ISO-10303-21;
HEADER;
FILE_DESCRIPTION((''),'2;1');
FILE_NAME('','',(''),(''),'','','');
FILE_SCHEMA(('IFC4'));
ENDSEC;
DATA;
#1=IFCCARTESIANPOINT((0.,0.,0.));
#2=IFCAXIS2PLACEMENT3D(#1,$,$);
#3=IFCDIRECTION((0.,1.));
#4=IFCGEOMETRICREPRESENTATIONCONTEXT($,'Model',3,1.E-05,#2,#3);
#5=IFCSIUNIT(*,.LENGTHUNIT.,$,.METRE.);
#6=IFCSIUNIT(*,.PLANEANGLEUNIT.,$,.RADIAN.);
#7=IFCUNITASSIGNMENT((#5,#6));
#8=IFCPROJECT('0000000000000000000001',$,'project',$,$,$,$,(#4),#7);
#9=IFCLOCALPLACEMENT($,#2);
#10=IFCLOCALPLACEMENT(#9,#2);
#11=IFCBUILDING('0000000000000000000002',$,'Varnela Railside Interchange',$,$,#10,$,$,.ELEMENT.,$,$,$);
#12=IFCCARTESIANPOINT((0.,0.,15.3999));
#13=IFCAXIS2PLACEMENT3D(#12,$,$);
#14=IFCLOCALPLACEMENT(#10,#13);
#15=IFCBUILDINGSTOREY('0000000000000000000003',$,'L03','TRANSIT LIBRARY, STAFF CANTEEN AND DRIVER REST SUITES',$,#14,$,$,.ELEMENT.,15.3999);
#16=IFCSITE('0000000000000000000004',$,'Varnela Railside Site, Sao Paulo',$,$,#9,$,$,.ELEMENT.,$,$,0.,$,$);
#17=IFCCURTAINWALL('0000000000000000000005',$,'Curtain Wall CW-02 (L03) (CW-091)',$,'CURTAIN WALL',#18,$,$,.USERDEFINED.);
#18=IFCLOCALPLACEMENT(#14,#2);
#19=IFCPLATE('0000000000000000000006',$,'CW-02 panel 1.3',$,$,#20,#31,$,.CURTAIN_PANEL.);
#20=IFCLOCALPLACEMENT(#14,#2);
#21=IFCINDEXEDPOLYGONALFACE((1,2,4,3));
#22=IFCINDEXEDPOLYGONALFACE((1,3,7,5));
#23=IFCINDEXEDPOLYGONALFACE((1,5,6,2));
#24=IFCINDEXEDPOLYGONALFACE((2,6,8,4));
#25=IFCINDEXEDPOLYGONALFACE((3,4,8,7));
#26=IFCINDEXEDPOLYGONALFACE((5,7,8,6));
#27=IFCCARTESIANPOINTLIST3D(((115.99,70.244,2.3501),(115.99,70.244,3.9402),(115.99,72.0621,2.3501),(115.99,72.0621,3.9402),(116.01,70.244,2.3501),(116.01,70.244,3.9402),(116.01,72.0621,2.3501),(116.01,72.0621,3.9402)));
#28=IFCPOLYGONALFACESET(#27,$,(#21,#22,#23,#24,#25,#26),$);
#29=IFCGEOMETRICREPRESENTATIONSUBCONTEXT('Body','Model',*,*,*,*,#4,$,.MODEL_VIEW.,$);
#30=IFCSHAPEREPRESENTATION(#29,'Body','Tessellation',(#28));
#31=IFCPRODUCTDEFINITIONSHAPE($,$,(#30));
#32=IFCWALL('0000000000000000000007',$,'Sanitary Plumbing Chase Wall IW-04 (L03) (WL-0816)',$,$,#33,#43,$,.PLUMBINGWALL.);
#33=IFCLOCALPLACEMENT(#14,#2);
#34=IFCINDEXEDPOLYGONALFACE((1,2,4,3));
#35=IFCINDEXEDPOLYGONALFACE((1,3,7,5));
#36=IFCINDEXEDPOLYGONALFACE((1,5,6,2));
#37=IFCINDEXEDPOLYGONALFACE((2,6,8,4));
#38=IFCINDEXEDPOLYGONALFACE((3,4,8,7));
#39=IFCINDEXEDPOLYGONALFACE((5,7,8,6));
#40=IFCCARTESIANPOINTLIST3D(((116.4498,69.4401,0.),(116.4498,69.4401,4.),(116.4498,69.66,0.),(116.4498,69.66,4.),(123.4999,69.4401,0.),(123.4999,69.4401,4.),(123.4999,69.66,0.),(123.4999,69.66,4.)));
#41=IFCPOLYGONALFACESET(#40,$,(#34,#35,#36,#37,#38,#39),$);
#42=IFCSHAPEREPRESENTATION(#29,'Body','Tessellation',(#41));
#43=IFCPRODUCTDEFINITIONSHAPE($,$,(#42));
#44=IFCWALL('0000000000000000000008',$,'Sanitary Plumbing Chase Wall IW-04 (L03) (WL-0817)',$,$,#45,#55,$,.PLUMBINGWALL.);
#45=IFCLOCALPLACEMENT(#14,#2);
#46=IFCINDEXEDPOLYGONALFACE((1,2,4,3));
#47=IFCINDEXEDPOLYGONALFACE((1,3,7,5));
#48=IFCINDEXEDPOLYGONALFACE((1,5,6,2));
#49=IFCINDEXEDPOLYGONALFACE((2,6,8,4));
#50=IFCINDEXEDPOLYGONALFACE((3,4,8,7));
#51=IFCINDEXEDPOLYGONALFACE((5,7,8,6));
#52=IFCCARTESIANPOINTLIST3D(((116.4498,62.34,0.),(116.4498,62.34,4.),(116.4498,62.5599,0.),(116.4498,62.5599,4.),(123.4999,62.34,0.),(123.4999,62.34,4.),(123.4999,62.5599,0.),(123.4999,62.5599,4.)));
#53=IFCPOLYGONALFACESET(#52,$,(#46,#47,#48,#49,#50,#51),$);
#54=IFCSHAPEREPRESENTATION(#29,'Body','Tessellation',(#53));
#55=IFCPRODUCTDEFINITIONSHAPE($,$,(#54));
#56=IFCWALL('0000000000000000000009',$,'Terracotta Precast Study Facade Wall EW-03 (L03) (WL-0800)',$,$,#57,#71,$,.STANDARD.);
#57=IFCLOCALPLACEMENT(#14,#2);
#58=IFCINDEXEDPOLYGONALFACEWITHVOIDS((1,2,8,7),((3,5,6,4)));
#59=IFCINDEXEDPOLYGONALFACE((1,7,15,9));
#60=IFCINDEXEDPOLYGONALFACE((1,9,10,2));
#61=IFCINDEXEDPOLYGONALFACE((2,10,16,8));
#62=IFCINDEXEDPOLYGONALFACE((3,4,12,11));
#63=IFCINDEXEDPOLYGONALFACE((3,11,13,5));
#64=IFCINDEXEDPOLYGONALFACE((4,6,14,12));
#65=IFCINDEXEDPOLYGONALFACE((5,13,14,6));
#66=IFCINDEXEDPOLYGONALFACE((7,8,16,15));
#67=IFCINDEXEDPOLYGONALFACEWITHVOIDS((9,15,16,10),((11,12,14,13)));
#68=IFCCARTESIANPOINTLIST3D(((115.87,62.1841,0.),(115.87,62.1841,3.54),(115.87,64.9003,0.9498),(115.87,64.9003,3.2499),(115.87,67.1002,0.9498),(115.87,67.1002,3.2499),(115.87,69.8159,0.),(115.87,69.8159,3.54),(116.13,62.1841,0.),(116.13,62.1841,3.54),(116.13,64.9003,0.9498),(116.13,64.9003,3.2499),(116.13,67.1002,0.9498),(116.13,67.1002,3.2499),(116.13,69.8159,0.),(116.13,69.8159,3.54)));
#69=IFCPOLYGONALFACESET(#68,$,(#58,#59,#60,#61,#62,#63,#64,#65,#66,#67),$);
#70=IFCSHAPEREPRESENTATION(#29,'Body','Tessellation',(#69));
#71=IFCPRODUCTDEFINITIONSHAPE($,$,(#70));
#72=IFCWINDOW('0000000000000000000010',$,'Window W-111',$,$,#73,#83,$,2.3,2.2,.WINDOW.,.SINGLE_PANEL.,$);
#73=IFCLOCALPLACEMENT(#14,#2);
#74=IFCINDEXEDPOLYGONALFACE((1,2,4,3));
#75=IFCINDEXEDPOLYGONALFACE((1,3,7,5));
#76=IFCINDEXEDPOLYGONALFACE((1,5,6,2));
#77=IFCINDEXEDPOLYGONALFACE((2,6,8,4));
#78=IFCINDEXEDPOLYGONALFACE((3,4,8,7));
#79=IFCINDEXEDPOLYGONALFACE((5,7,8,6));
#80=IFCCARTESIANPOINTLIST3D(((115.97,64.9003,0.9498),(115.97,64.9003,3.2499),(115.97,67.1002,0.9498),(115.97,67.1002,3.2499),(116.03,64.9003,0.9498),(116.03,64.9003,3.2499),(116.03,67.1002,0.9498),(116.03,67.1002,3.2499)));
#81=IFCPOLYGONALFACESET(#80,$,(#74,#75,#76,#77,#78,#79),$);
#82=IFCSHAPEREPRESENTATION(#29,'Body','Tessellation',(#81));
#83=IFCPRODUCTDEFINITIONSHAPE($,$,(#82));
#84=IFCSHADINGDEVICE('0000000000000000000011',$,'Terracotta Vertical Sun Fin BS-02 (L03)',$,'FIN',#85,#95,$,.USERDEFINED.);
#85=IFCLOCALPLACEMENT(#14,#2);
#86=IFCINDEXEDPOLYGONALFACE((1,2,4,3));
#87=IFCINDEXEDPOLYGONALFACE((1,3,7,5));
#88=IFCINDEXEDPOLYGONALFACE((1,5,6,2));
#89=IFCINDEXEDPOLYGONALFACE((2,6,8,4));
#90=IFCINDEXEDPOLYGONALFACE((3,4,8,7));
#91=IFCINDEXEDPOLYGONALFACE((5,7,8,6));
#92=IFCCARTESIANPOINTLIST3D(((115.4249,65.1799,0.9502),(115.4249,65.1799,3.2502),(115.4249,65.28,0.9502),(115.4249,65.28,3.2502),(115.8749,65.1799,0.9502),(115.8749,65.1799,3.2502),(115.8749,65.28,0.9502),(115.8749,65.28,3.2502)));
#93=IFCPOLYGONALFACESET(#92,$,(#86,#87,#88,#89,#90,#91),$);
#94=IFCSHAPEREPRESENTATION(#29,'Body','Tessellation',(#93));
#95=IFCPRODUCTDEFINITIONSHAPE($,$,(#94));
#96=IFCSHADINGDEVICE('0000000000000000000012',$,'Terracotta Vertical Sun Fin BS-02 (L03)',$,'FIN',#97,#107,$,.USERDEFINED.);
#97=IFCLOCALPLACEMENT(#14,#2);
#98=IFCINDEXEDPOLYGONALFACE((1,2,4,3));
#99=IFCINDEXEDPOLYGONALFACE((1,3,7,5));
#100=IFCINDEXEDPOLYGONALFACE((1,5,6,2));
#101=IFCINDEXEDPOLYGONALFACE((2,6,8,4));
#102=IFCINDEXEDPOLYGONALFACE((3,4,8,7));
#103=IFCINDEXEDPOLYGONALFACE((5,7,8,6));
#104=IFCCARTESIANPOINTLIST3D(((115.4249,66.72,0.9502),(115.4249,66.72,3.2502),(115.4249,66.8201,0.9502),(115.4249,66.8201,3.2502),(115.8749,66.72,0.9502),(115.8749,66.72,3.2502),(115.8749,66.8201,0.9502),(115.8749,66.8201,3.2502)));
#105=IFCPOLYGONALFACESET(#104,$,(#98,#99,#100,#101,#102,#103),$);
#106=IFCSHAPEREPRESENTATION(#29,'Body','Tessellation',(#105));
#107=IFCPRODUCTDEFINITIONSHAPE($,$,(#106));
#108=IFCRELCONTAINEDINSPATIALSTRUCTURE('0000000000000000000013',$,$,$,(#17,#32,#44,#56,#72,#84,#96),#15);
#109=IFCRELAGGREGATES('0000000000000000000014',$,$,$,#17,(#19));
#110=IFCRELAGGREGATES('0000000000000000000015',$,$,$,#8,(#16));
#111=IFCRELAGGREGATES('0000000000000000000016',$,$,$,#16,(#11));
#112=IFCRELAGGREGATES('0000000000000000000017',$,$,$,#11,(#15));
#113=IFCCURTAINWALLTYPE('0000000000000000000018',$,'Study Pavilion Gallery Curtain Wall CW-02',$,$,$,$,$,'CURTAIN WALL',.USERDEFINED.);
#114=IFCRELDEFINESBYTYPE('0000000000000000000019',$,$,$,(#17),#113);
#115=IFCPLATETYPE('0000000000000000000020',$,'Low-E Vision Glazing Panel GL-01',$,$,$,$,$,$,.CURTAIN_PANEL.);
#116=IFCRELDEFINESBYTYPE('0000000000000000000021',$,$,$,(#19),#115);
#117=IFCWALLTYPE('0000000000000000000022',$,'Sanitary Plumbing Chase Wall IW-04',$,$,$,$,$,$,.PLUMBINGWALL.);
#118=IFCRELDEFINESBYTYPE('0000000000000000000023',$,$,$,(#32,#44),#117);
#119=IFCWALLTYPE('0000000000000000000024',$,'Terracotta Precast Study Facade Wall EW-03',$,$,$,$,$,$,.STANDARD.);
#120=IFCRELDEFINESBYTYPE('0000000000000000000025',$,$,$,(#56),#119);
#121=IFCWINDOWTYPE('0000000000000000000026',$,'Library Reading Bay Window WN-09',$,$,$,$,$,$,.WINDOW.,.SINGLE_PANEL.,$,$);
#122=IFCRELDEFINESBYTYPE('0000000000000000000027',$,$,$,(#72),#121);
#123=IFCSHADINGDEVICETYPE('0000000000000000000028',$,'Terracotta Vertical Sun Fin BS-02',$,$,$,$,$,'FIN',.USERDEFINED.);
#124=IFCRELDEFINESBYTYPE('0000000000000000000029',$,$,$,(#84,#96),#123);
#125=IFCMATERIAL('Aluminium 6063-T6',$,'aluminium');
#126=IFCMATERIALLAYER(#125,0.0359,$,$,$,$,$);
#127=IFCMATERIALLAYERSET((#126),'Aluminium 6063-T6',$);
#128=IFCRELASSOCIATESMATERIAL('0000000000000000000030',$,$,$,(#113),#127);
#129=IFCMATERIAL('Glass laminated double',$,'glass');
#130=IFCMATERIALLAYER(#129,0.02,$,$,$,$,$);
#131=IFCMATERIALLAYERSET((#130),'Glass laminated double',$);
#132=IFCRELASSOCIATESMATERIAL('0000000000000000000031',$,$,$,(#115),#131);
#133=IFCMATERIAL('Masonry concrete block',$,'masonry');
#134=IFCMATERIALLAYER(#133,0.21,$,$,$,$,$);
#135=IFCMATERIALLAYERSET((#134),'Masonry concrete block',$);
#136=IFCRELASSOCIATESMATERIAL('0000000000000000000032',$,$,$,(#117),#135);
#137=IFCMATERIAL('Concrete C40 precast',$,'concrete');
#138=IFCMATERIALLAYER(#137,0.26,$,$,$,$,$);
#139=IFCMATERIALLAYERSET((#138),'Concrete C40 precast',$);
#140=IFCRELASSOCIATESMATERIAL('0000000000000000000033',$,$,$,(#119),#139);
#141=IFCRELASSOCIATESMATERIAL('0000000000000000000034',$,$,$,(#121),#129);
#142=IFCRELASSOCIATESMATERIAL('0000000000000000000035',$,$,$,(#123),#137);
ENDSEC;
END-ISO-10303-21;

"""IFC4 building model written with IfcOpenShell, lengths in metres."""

from ifc_helpers import new_model, si_unit, direction, frame, frame_2d, origin, origin_2d, place, context, subcontext, project, spatial, rectangle, extrude, material, layer, layer_set, type_object, element, fill, aggregate, save


model = new_model("IFC4")

# Units and contexts
model_context = context("Model", 3, precision=1e-05, world=origin(), true_north=direction((0.0, 1.0)))
body_context = subcontext(model_context, "Body", "Model", "MODEL_VIEW")
ifc_project = project(units=[si_unit("LENGTHUNIT", "METRE"), si_unit("PLANEANGLEUNIT", "RADIAN")], contexts=[model_context])

# Site, building, storey
site_placement = place(None, origin())
site = spatial("IfcSite", under=ifc_project, at=site_placement, Name="Varnela Railside Site, Sao Paulo", CompositionType="ELEMENT", RefElevation=0.0)
building_placement = place(site_placement, origin())
building = spatial("IfcBuilding", under=site, at=building_placement, Name="Varnela Railside Interchange", CompositionType="ELEMENT")
storey_placement = place(building_placement, frame((0.0, 0.0, 15.3999)))
storey = spatial("IfcBuildingStorey", under=building, at=storey_placement, Name="L03", Description="TRANSIT LIBRARY, STAFF CANTEEN AND DRIVER REST SUITES", CompositionType="ELEMENT", Elevation=15.3999)

# Curtain wall
ifc_material_1 = material(Name="Aluminium 6063-T6", Category="aluminium")
ifc_layer_1 = layer(ifc_material_1, 0.0359)
ifc_layer_set_1 = layer_set([ifc_layer_1], Name="Aluminium 6063-T6")
curtain_wall_type = type_object("IfcCurtainWallType", Name="Study Pavilion Gallery Curtain Wall CW-02", ElementType="CURTAIN WALL", PredefinedType="USERDEFINED", material=ifc_layer_set_1)
curtain_wall_placement = place(storey_placement, origin())
curtain_wall = element("IfcCurtainWall", 1, at=curtain_wall_placement, inside=storey, type_object=curtain_wall_type, Name="Curtain Wall CW-02 (L03) (CW-091)", ObjectType="CURTAIN WALL", PredefinedType="USERDEFINED")

# Plate
ifc_material_2 = material(Name="Glass laminated double", Category="glass")
ifc_layer_2 = layer(ifc_material_2, 0.02)
ifc_layer_set_2 = layer_set([ifc_layer_2], Name="Glass laminated double")
plate_type = type_object("IfcPlateType", Name="Low-E Vision Glazing Panel GL-01", PredefinedType="CURTAIN_PANEL", material=ifc_layer_set_2)
plate_1_placement = place(storey_placement, frame((116.0, 71.1531, 2.3501), z_axis=(0.0, 0.0, 1.0), x_axis=(0.0, 1.0, 0.0)))
plate_1 = element("IfcPlate", 2, at=plate_1_placement, type_object=plate_type, Name="CW-02 panel 1.3", PredefinedType="CURTAIN_PANEL", context=body_context, shape_type="SweptSolid", body=[
    extrude(rectangle(XDim=1.8181, YDim=0.02, at=origin_2d()), origin(), (0.0, 0.0, 1.0), 1.5901),
])
aggregate(curtain_wall, [plate_1])

# Walls
ifc_material_3 = material(Name="Masonry concrete block", Category="masonry")
ifc_layer_3 = layer(ifc_material_3, 0.21)
ifc_layer_set_3 = layer_set([ifc_layer_3], Name="Masonry concrete block")
wall_type_1 = type_object("IfcWallType", Name="Sanitary Plumbing Chase Wall IW-04", PredefinedType="PLUMBINGWALL", material=ifc_layer_set_3)
for number, where, z_axis, x_axis, name in (
    (3, (116.45, 69.55, 0.0), (0.0, 0.0, 1.0), (1.0, 0.0, 0.0), "Sanitary Plumbing Chase Wall IW-04 (L03) (WL-0816)"),
    (4, (116.45, 62.45, 0.0), (0.0, 0.0, 1.0), (1.0, 0.0, 0.0), "Sanitary Plumbing Chase Wall IW-04 (L03) (WL-0817)"),
):
    element("IfcWall", number, at=place(storey_placement, frame(where, z_axis=z_axis, x_axis=x_axis)), inside=storey, type_object=wall_type_1, Name=name, PredefinedType="PLUMBINGWALL", context=body_context, shape_type="SweptSolid", body=[
        extrude(rectangle(XDim=7.05, YDim=0.22, at=frame_2d((3.5249, 0.0))), origin(), (0.0, 0.0, 1.0), 4.0),
    ])

# Wall, opening, window
ifc_material_4 = material(Name="Concrete C40 precast", Category="concrete")
ifc_layer_4 = layer(ifc_material_4, 0.26)
ifc_layer_set_4 = layer_set([ifc_layer_4], Name="Concrete C40 precast")
wall_type_2 = type_object("IfcWallType", Name="Terracotta Precast Study Facade Wall EW-03", PredefinedType="STANDARD", material=ifc_layer_set_4)
wall_placement = place(storey_placement, frame((116.0, 62.1841, 0.0), z_axis=(0.0, 0.0, 1.0), x_axis=(0.0, 1.0, 0.0)))
wall = element("IfcWall", 5, at=wall_placement, inside=storey, type_object=wall_type_2, Name="Terracotta Precast Study Facade Wall EW-03 (L03) (WL-0800)", PredefinedType="STANDARD", context=body_context, shape_type="SweptSolid", body=[
    extrude(rectangle(XDim=7.6318, YDim=0.26, at=frame_2d((3.8159, 0.0))), origin(), (0.0, 0.0, 1.0), 3.54),
])
opening_placement = place(wall_placement, frame((2.7161, 0.0, 0.95)))
opening = element("IfcOpeningElement", 6, at=opening_placement, cuts=wall, PredefinedType="OPENING", context=body_context, shape_type="SweptSolid", body=[
    extrude(rectangle(XDim=2.2, YDim=2.3, at=frame_2d((1.1001, 1.1499))), frame((0.0, 0.1399, 0.0), z_axis=(0.0, -1.0, 0.0), x_axis=(1.0, 0.0, 0.0)), (0.0, 0.0, 1.0), 0.28),
])
window_type = type_object("IfcWindowType", Name="Library Reading Bay Window WN-09", PartitioningType="SINGLE_PANEL", PredefinedType="WINDOW", material=ifc_material_2)
window_placement = place(opening_placement, origin())
window = element("IfcWindow", 7, at=window_placement, inside=storey, type_object=window_type, Name="Window W-111", OverallHeight=2.3, OverallWidth=2.2, PartitioningType="SINGLE_PANEL", PredefinedType="WINDOW", context=body_context, shape_type="SweptSolid", body=[
    extrude(rectangle(XDim=2.2, YDim=2.3, at=frame_2d((1.1001, 1.1499))), frame((0.0, 0.03, 0.0), z_axis=(0.0, -1.0, 0.0), x_axis=(1.0, 0.0, 0.0)), (0.0, 0.0, 1.0), 0.0601),
])
fill(opening, window)

# Shading devices
shading_device_type = type_object("IfcShadingDeviceType", Name="Terracotta Vertical Sun Fin BS-02", ElementType="FIN", PredefinedType="USERDEFINED", material=ifc_material_4)
for number, where, z_axis, x_axis, name in (
    (8, (115.6499, 65.23, 0.9502), (0.0, 0.0, 1.0), (-1.0, 0.0, 0.0), "Terracotta Vertical Sun Fin BS-02 (L03)"),
    (9, (115.6499, 66.77, 0.9502), (0.0, 0.0, 1.0), (-1.0, 0.0, 0.0), "Terracotta Vertical Sun Fin BS-02 (L03)"),
):
    element("IfcShadingDevice", number, at=place(storey_placement, frame(where, z_axis=z_axis, x_axis=x_axis)), inside=storey, type_object=shading_device_type, Name=name, ObjectType="FIN", PredefinedType="USERDEFINED", context=body_context, shape_type="SweptSolid", body=[
        extrude(rectangle(XDim=0.45, YDim=0.1001, at=origin_2d()), origin(), (0.0, 0.0, 1.0), 2.3),
    ])

save(model, "model.ifc")
